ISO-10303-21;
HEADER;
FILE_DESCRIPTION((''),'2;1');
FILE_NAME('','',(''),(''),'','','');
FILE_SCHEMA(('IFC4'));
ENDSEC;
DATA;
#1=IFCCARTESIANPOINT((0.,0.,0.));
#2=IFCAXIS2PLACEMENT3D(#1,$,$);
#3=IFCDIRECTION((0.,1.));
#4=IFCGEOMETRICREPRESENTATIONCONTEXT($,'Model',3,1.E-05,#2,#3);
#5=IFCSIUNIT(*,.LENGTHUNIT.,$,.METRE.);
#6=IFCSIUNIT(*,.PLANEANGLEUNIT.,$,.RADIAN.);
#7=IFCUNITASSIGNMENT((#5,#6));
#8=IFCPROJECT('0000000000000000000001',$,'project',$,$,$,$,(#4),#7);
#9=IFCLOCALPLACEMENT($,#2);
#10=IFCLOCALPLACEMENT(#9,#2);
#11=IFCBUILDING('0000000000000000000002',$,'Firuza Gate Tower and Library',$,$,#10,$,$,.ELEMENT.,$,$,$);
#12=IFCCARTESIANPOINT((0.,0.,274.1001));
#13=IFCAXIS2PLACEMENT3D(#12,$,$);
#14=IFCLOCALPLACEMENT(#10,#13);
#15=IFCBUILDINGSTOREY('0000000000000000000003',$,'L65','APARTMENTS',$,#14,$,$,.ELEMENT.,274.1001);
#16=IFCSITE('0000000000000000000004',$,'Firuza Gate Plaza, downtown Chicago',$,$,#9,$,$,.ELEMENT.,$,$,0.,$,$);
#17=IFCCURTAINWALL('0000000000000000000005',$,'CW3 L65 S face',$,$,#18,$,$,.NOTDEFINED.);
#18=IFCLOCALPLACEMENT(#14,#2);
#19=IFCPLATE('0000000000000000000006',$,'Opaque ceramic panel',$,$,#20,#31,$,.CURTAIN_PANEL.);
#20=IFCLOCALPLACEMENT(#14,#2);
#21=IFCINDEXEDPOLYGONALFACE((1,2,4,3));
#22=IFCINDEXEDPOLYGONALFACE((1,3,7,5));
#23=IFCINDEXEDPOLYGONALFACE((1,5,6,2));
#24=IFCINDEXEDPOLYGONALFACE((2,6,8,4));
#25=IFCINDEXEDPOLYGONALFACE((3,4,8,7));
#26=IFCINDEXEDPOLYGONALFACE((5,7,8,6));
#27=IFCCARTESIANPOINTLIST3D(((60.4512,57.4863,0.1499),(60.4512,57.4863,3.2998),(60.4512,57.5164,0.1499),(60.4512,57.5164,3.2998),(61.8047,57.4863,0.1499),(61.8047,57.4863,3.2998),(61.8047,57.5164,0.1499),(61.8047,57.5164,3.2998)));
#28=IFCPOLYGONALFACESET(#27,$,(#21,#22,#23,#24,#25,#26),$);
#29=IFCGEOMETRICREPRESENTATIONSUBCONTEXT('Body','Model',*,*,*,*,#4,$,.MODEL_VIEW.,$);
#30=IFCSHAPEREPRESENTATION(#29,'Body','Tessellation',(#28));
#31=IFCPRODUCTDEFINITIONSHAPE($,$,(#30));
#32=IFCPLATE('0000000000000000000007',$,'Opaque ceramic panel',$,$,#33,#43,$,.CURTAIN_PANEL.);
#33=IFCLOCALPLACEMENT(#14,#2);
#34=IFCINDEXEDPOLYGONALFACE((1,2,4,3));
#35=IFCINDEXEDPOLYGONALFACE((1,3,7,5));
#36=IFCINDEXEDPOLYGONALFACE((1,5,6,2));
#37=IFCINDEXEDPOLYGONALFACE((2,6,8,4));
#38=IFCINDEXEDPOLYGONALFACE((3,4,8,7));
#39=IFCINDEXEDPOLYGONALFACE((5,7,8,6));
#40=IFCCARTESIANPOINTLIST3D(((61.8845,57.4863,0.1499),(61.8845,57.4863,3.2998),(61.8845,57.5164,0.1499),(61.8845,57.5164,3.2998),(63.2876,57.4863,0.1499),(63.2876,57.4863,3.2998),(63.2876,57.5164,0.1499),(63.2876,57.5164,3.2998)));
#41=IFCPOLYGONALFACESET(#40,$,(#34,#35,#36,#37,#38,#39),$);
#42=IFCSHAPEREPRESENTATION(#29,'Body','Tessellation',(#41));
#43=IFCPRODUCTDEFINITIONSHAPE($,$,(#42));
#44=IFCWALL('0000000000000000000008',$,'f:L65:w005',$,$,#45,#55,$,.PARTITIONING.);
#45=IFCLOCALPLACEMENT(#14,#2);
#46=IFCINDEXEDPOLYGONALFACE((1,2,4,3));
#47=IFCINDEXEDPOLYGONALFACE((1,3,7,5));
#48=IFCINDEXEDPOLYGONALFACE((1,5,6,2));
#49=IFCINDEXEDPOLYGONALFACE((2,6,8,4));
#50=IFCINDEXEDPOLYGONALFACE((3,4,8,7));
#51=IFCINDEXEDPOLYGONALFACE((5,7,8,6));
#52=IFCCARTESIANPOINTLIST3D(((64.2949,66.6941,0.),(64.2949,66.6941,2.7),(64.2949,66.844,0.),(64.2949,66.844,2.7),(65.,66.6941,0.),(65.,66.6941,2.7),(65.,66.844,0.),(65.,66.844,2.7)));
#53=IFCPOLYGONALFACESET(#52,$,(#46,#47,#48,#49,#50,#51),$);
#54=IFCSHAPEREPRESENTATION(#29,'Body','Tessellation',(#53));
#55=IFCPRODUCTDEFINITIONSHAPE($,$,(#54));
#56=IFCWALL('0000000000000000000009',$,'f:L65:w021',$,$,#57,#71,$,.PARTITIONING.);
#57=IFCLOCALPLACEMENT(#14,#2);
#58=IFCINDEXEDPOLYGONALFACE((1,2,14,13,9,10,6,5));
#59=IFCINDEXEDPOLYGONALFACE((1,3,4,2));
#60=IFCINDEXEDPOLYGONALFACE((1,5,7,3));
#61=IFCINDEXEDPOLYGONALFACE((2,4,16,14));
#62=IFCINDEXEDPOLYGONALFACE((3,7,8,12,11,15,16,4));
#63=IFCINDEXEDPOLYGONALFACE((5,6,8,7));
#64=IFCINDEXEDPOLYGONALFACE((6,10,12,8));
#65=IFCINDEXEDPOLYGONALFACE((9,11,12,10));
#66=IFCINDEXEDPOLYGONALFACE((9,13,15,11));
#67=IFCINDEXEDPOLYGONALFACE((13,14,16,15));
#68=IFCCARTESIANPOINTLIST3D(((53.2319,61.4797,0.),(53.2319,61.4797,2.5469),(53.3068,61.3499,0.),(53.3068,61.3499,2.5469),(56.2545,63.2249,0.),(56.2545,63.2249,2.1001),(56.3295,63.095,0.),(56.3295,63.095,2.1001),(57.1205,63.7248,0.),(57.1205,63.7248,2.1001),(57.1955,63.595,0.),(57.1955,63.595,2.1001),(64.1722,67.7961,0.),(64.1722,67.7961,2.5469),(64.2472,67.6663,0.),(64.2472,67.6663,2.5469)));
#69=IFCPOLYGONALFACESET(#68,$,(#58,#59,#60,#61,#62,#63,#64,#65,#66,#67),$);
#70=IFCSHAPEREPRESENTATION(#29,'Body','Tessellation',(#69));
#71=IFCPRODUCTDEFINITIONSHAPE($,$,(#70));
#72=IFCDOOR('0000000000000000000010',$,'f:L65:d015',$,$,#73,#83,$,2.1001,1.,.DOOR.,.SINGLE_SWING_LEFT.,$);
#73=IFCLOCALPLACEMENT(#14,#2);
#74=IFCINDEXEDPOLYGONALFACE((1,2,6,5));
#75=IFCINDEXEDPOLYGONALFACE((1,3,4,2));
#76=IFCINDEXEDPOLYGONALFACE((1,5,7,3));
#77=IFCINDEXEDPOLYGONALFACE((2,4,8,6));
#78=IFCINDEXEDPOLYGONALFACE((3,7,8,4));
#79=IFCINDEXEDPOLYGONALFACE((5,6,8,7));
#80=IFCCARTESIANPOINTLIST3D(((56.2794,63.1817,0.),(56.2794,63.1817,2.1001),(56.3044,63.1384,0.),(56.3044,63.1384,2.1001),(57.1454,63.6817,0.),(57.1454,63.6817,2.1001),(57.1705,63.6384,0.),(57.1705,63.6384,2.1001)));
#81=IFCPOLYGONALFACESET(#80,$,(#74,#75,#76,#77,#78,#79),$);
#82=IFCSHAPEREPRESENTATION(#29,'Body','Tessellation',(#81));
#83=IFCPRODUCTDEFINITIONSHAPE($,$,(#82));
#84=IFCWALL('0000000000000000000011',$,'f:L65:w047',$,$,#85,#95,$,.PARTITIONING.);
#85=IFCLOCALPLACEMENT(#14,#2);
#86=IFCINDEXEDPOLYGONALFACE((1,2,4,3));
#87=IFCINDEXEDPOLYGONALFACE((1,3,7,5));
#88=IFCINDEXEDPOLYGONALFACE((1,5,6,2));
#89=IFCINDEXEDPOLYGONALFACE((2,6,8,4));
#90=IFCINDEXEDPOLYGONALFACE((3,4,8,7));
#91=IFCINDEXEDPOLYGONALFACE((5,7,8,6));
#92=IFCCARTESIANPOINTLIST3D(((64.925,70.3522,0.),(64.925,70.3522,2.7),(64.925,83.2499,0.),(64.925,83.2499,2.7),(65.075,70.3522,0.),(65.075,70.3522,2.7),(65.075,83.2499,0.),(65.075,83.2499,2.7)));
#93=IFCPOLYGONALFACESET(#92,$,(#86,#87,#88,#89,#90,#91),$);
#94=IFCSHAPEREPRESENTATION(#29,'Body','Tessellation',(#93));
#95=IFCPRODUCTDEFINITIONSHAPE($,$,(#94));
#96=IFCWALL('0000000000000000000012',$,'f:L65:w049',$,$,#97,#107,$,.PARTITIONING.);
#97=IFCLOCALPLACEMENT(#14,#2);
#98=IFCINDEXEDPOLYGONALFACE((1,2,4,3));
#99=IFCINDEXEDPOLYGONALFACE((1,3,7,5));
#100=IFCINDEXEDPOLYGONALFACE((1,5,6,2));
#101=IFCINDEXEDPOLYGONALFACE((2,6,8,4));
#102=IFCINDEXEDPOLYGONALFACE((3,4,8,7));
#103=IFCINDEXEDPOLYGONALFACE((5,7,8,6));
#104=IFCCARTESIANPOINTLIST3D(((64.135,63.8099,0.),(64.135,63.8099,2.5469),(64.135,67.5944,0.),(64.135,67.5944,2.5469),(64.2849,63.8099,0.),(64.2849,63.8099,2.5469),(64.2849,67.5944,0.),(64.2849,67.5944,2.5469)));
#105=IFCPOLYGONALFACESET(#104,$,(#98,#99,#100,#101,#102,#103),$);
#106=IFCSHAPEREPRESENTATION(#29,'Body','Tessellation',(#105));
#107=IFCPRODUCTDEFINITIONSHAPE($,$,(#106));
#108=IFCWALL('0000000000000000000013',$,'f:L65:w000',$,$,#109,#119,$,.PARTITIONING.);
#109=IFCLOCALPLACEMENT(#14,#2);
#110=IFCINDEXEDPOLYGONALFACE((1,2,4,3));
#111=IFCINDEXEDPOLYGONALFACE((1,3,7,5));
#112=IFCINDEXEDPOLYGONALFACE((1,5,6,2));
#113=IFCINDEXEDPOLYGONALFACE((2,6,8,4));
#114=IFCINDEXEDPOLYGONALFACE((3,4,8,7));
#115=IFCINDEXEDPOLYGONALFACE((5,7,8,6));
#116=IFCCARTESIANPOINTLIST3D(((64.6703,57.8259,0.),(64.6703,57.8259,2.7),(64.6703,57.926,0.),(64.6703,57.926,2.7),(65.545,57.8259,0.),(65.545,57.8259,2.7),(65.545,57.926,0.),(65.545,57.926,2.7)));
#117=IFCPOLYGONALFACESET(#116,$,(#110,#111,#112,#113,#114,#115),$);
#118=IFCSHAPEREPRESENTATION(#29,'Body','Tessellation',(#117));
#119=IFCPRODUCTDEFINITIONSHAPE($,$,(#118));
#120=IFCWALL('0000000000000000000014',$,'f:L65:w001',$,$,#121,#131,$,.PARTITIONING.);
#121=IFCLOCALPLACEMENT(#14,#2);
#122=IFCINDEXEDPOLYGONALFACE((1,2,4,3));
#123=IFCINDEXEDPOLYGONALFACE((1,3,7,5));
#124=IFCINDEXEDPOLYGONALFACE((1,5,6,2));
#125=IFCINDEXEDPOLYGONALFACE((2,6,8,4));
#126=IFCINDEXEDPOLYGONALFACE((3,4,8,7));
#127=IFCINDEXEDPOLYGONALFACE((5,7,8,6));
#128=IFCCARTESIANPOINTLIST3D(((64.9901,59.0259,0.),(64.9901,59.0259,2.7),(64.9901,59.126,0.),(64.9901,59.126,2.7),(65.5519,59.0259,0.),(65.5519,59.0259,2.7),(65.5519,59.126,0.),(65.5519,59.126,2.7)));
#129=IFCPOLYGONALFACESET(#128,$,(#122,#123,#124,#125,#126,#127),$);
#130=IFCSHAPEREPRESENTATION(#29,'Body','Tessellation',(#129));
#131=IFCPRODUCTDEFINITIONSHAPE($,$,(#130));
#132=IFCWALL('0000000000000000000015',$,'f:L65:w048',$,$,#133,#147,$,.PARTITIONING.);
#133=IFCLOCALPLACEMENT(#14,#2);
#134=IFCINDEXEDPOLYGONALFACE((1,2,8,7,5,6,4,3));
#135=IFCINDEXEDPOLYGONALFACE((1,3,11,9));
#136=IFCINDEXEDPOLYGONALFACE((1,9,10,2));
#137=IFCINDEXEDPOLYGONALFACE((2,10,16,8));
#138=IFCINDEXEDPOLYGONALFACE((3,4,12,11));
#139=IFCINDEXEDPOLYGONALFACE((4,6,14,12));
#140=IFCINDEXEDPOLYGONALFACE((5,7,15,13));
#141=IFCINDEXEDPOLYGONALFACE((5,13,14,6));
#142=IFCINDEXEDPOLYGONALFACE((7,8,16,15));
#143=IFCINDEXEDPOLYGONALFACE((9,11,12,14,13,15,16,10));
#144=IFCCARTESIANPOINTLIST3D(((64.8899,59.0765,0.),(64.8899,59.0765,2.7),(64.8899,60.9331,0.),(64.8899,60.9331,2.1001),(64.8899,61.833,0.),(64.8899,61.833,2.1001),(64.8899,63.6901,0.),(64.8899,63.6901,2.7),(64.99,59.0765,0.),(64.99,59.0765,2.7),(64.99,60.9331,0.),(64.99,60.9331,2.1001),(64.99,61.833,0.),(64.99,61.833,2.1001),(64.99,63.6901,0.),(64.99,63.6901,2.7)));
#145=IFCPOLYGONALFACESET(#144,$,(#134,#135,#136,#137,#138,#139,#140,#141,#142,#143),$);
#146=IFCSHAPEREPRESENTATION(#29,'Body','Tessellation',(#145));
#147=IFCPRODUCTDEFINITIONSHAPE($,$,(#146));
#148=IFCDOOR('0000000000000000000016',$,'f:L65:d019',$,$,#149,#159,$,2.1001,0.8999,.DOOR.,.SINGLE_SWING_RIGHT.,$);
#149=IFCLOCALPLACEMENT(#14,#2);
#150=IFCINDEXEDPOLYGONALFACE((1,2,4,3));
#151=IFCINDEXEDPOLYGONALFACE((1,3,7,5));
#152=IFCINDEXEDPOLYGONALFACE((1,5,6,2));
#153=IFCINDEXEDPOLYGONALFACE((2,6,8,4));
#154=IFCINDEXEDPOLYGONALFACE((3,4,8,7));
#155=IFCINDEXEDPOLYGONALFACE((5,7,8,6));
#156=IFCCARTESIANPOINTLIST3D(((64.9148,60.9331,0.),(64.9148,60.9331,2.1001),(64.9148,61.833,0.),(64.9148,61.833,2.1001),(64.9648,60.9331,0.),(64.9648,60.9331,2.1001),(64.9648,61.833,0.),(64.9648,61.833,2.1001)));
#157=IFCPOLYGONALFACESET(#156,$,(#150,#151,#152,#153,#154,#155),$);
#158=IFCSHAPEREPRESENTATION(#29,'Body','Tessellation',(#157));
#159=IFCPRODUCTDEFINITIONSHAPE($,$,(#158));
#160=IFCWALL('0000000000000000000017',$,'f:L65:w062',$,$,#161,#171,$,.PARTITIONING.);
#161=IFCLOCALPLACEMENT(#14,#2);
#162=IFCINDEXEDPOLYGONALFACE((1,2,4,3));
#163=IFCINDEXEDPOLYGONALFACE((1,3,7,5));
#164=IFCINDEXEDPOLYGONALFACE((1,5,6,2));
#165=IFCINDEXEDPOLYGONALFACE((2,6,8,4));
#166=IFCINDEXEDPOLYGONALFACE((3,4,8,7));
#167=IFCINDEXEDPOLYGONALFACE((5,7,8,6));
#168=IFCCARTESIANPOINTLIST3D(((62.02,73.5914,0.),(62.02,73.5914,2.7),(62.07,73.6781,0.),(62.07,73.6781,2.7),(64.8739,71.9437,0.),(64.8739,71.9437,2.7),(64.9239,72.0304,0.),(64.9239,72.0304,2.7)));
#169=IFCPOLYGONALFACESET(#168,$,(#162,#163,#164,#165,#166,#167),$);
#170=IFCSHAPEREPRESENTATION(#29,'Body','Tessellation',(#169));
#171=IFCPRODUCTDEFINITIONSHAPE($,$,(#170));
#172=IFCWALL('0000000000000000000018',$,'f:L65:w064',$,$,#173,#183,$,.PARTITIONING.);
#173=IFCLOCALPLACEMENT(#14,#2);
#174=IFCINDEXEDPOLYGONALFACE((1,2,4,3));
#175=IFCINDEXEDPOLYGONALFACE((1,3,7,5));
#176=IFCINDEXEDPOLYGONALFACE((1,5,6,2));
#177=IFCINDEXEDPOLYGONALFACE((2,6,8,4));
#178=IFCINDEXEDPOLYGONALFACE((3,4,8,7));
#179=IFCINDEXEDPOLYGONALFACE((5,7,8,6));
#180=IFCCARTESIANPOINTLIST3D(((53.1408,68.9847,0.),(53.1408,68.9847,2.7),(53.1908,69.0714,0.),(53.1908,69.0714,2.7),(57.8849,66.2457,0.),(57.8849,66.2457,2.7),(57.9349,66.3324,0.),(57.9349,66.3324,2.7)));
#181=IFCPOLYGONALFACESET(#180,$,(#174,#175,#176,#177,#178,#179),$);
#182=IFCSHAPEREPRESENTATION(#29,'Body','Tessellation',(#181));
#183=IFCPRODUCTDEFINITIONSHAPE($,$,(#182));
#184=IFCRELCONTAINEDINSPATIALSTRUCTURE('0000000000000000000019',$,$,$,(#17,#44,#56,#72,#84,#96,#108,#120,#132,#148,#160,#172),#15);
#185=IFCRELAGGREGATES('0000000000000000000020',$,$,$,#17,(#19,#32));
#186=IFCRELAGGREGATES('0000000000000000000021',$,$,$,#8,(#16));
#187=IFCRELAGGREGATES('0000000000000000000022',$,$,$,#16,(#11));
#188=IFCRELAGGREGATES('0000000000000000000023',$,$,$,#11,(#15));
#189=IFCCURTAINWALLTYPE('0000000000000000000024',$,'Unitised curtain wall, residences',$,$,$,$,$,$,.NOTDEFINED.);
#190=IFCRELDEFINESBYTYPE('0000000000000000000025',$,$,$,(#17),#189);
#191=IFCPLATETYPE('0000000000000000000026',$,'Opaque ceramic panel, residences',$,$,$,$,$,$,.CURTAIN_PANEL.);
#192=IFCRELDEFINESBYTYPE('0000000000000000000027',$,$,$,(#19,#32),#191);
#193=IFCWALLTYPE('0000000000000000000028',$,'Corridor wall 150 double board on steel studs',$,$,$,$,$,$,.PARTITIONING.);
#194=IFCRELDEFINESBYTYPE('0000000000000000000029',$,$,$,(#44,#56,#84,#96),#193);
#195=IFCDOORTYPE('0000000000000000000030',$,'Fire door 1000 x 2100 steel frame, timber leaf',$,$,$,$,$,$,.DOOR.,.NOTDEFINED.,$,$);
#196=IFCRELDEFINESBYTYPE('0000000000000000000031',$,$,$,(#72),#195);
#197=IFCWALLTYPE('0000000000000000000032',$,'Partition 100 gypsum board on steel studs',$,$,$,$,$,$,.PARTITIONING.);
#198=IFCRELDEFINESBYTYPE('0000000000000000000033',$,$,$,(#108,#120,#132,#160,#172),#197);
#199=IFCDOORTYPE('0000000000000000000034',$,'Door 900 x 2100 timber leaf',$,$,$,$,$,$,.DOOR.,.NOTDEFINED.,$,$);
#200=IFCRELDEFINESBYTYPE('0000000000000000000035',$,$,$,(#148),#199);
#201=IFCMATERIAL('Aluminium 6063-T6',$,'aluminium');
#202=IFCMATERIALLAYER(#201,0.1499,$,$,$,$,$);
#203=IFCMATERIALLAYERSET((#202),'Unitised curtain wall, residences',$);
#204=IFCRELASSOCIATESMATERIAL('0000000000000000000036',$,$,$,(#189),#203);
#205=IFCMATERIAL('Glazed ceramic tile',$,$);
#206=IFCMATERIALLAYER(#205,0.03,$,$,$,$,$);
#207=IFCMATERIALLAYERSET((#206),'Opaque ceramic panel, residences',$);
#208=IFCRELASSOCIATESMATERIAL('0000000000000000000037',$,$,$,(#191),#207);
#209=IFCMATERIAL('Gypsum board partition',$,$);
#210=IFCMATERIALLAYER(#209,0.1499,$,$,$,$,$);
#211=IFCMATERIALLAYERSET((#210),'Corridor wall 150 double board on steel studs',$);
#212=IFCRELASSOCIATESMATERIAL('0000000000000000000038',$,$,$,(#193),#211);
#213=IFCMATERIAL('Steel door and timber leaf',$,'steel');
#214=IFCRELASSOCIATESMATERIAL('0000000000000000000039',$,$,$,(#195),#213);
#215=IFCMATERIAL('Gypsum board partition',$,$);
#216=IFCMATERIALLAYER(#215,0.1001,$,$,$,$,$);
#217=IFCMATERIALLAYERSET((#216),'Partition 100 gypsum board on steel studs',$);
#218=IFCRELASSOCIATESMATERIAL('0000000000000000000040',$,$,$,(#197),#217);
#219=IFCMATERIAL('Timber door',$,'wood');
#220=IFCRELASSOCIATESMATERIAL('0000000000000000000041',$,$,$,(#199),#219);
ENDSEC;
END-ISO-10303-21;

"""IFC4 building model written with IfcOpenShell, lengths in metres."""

from ifc_helpers import new_model, si_unit, direction, frame, frame_2d, origin, place, context, subcontext, project, spatial, polyline, rectangle, outline, extrude, material, layer, layer_set, type_object, element, fill, aggregate, save


model = new_model("IFC4")

# Units and contexts
model_context = context("Model", 3, precision=1e-05, world=origin(), true_north=direction((0.0, 1.0)))
body_context = subcontext(model_context, "Body", "Model", "MODEL_VIEW")
ifc_project = project(units=[si_unit("LENGTHUNIT", "METRE"), si_unit("PLANEANGLEUNIT", "RADIAN")], contexts=[model_context])

# Site, building, storey
site_placement = place(None, origin())
site = spatial("IfcSite", under=ifc_project, at=site_placement, Name="Firuza Gate Plaza, downtown Chicago", CompositionType="ELEMENT", RefElevation=0.0)
building_placement = place(site_placement, origin())
building = spatial("IfcBuilding", under=site, at=building_placement, Name="Firuza Gate Tower and Library", CompositionType="ELEMENT")
storey_placement = place(building_placement, frame((0.0, 0.0, 274.1001)))
storey = spatial("IfcBuildingStorey", under=building, at=storey_placement, Name="L65", Description="APARTMENTS", CompositionType="ELEMENT", Elevation=274.1001)

# Curtain wall
ifc_material_1 = material(Name="Aluminium 6063-T6", Category="aluminium")
ifc_layer_1 = layer(ifc_material_1, 0.1499)
ifc_layer_set_1 = layer_set([ifc_layer_1], Name="Unitised curtain wall, residences")
curtain_wall_type = type_object("IfcCurtainWallType", Name="Unitised curtain wall, residences", PredefinedType="NOTDEFINED", material=ifc_layer_set_1)
curtain_wall_placement = place(storey_placement, origin())
curtain_wall = element("IfcCurtainWall", 1, at=curtain_wall_placement, inside=storey, type_object=curtain_wall_type, Name="CW3 L65 S face", PredefinedType="NOTDEFINED")

# Plates
ifc_material_2 = material(Name="Glazed ceramic tile")
ifc_layer_2 = layer(ifc_material_2, 0.03)
ifc_layer_set_2 = layer_set([ifc_layer_2], Name="Opaque ceramic panel, residences")
plate_type_1 = type_object("IfcPlateType", Name="Opaque ceramic panel, residences", PredefinedType="CURTAIN_PANEL", material=ifc_layer_set_2)
plate_1_placement = place(storey_placement, frame((60.4512, 57.4863, 0.1499), z_axis=(0.0, -1.0, 0.0), x_axis=(1.0, 0.0, 0.0)))
plate_1 = element("IfcPlate", 2, at=plate_1_placement, type_object=plate_type_1, Name="Opaque ceramic panel", PredefinedType="CURTAIN_PANEL", context=body_context, shape_type="SweptSolid", body=[
    extrude(outline(polyline([(0.0, 0.0), (1.3535, 0.0), (1.3535, 3.1499), (0.0, 3.1499), (0.0, 0.0)])), origin(), (0.0, 0.0, -1.0), 0.03),
])
plate_2_placement = place(storey_placement, frame((61.8845, 57.4863, 0.1499), z_axis=(0.0, -1.0, 0.0), x_axis=(1.0, 0.0, 0.0)))
plate_2 = element("IfcPlate", 3, at=plate_2_placement, type_object=plate_type_1, Name="Opaque ceramic panel", PredefinedType="CURTAIN_PANEL", context=body_context, shape_type="SweptSolid", body=[
    extrude(outline(polyline([(0.0, 0.0), (1.4031, 0.0), (1.4031, 3.1499), (0.0, 3.1499), (0.0, 0.0)])), origin(), (0.0, 0.0, -1.0), 0.03),
])
aggregate(curtain_wall, [plate_1, plate_2])

# Wall
ifc_material_3 = material(Name="Gypsum board partition")
ifc_layer_3 = layer(ifc_material_3, 0.1499)
ifc_layer_set_3 = layer_set([ifc_layer_3], Name="Corridor wall 150 double board on steel studs")
wall_type_1 = type_object("IfcWallType", Name="Corridor wall 150 double board on steel studs", PredefinedType="PARTITIONING", material=ifc_layer_set_3)
wall_1_placement = place(storey_placement, frame((64.2949, 66.769, 0.0), z_axis=(0.0, 0.0, 1.0), x_axis=(1.0, 0.0, 0.0)))
element("IfcWall", 4, at=wall_1_placement, inside=storey, type_object=wall_type_1, Name="f:L65:w005", PredefinedType="PARTITIONING", context=body_context, shape_type="SweptSolid", body=[
    extrude(rectangle(XDim=0.7051, YDim=0.1499, at=frame_2d((0.3525, 0.0))), origin(), (0.0, 0.0, 1.0), 2.7),
])

# Wall, opening, door
wall_2_placement = place(storey_placement, frame((64.2097, 67.7312, 0.0), z_axis=(0.0, 0.0, 1.0), x_axis=(-0.866027, -0.499997, 0.0)))
wall_2 = element("IfcWall", 5, at=wall_2_placement, inside=storey, type_object=wall_type_1, Name="f:L65:w021", PredefinedType="PARTITIONING", context=body_context, shape_type="SweptSolid", body=[
    extrude(rectangle(XDim=12.6328, YDim=0.1499, at=frame_2d((6.3164, 0.0))), origin(), (0.0, 0.0, 1.0), 2.5469),
])
opening_1_placement = place(wall_2_placement, frame((8.1426, 0.0, 0.0)))
opening_1 = element("IfcOpeningElement", 6, at=opening_1_placement, cuts=wall_2, PredefinedType="OPENING", context=body_context, shape_type="SweptSolid", body=[
    extrude(rectangle(XDim=1.0, YDim=2.1001, at=frame_2d((0.5, 1.05))), frame((0.0, 0.085, 0.0), z_axis=(0.0, -1.0, 0.0), x_axis=(1.0, 0.0, 0.0)), (0.0, 0.0, 1.0), 0.1699),
])
ifc_material_4 = material(Name="Steel door and timber leaf", Category="steel")
door_type_1 = type_object("IfcDoorType", Name="Fire door 1000 x 2100 steel frame, timber leaf", OperationType="NOTDEFINED", PredefinedType="DOOR", material=ifc_material_4)
door_1_placement = place(opening_1_placement, origin())
door_1 = element("IfcDoor", 7, at=door_1_placement, inside=storey, type_object=door_type_1, Name="f:L65:d015", OperationType="SINGLE_SWING_LEFT", OverallHeight=2.1001, OverallWidth=1.0, PredefinedType="DOOR", context=body_context, shape_type="SweptSolid", body=[
    extrude(rectangle(XDim=1.0, YDim=2.1001, at=frame_2d((0.5, 1.05))), frame((0.0, 0.0249, 0.0), z_axis=(0.0, -1.0, 0.0), x_axis=(1.0, 0.0, 0.0)), (0.0, 0.0, 1.0), 0.05),
])
fill(opening_1, door_1)

# Walls
wall_3_placement = place(storey_placement, frame((65.0, 70.3523, 0.0), z_axis=(0.0, 0.0, 1.0), x_axis=(0.0, 1.0, 0.0)))
element("IfcWall", 8, at=wall_3_placement, inside=storey, type_object=wall_type_1, Name="f:L65:w047", PredefinedType="PARTITIONING", context=body_context, shape_type="SweptSolid", body=[
    extrude(rectangle(XDim=12.8977, YDim=0.1499, at=frame_2d((6.4487, 0.0))), origin(), (0.0, 0.0, 1.0), 2.7),
])
wall_4_placement = place(storey_placement, frame((64.21, 63.8101, 0.0), z_axis=(0.0, 0.0, 1.0), x_axis=(0.0, 1.0, 0.0)))
element("IfcWall", 9, at=wall_4_placement, inside=storey, type_object=wall_type_1, Name="f:L65:w049", PredefinedType="PARTITIONING", context=body_context, shape_type="SweptSolid", body=[
    extrude(rectangle(XDim=3.7844, YDim=0.1499, at=frame_2d((1.8921, 0.0))), origin(), (0.0, 0.0, 1.0), 2.5469),
])
ifc_material_5 = material(Name="Gypsum board partition")
ifc_layer_4 = layer(ifc_material_5, 0.1001)
ifc_layer_set_4 = layer_set([ifc_layer_4], Name="Partition 100 gypsum board on steel studs")
wall_type_2 = type_object("IfcWallType", Name="Partition 100 gypsum board on steel studs", PredefinedType="PARTITIONING", material=ifc_layer_set_4)
wall_5_placement = place(storey_placement, frame((64.6702, 57.876, 0.0), z_axis=(0.0, 0.0, 1.0), x_axis=(1.0, 0.0, 0.0)))
element("IfcWall", 10, at=wall_5_placement, inside=storey, type_object=wall_type_2, Name="f:L65:w000", PredefinedType="PARTITIONING", context=body_context, shape_type="SweptSolid", body=[
    extrude(rectangle(XDim=0.8748, YDim=0.1001, at=frame_2d((0.4375, 0.0))), origin(), (0.0, 0.0, 1.0), 2.7),
])
wall_6_placement = place(storey_placement, frame((64.9902, 59.0759, 0.0), z_axis=(0.0, 0.0, 1.0), x_axis=(1.0, 0.0, 0.0)))
element("IfcWall", 11, at=wall_6_placement, inside=storey, type_object=wall_type_2, Name="f:L65:w001", PredefinedType="PARTITIONING", context=body_context, shape_type="SweptSolid", body=[
    extrude(rectangle(XDim=0.5618, YDim=0.1001, at=frame_2d((0.2808, 0.0))), origin(), (0.0, 0.0, 1.0), 2.7),
])

# Wall, opening, door
wall_7_placement = place(storey_placement, frame((64.9399, 63.6899, 0.0), z_axis=(0.0, 0.0, 1.0), x_axis=(0.0, -1.0, 0.0)))
wall_7 = element("IfcWall", 12, at=wall_7_placement, inside=storey, type_object=wall_type_2, Name="f:L65:w048", PredefinedType="PARTITIONING", context=body_context, shape_type="SweptSolid", body=[
    extrude(rectangle(XDim=4.6135, YDim=0.1001, at=frame_2d((2.3066, 0.0))), origin(), (0.0, 0.0, 1.0), 2.7),
])
opening_2_placement = place(wall_7_placement, frame((1.8569, 0.0, 0.0)))
opening_2 = element("IfcOpeningElement", 13, at=opening_2_placement, cuts=wall_7, PredefinedType="OPENING", context=body_context, shape_type="SweptSolid", body=[
    extrude(rectangle(XDim=0.8999, YDim=2.1001, at=frame_2d((0.45, 1.05))), frame((0.0, 0.0601, 0.0), z_axis=(0.0, -1.0, 0.0), x_axis=(1.0, 0.0, 0.0)), (0.0, 0.0, 1.0), 0.1201),
])
ifc_material_6 = material(Name="Timber door", Category="wood")
door_type_2 = type_object("IfcDoorType", Name="Door 900 x 2100 timber leaf", OperationType="NOTDEFINED", PredefinedType="DOOR", material=ifc_material_6)
door_2_placement = place(opening_2_placement, origin())
door_2 = element("IfcDoor", 14, at=door_2_placement, inside=storey, type_object=door_type_2, Name="f:L65:d019", OperationType="SINGLE_SWING_RIGHT", OverallHeight=2.1001, OverallWidth=0.8999, PredefinedType="DOOR", context=body_context, shape_type="SweptSolid", body=[
    extrude(rectangle(XDim=0.8999, YDim=2.1001, at=frame_2d((0.45, 1.05))), frame((0.0, 0.0249, 0.0), z_axis=(0.0, -1.0, 0.0), x_axis=(1.0, 0.0, 0.0)), (0.0, 0.0, 1.0), 0.05),
])
fill(opening_2, door_2)

# Walls
wall_8_placement = place(storey_placement, frame((64.8989, 71.9871, 0.0), z_axis=(0.0, 0.0, 1.0), x_axis=(-0.866033, 0.499988, 0.0)))
element("IfcWall", 15, at=wall_8_placement, inside=storey, type_object=wall_type_2, Name="f:L65:w062", PredefinedType="PARTITIONING", context=body_context, shape_type="SweptSolid", body=[
    extrude(rectangle(XDim=3.2954, YDim=0.1001, at=frame_2d((1.6477, 0.0))), origin(), (0.0, 0.0, 1.0), 2.7),
])
wall_9_placement = place(storey_placement, frame((57.9099, 66.2891, 0.0), z_axis=(0.0, 0.0, 1.0), x_axis=(-0.866027, 0.499998, 0.0)))
element("IfcWall", 16, at=wall_9_placement, inside=storey, type_object=wall_type_2, Name="f:L65:w064", PredefinedType="PARTITIONING", context=body_context, shape_type="SweptSolid", body=[
    extrude(rectangle(XDim=5.478, YDim=0.1001, at=frame_2d((2.739, 0.0))), origin(), (0.0, 0.0, 1.0), 2.7),
])

save(model, "model.ifc")
